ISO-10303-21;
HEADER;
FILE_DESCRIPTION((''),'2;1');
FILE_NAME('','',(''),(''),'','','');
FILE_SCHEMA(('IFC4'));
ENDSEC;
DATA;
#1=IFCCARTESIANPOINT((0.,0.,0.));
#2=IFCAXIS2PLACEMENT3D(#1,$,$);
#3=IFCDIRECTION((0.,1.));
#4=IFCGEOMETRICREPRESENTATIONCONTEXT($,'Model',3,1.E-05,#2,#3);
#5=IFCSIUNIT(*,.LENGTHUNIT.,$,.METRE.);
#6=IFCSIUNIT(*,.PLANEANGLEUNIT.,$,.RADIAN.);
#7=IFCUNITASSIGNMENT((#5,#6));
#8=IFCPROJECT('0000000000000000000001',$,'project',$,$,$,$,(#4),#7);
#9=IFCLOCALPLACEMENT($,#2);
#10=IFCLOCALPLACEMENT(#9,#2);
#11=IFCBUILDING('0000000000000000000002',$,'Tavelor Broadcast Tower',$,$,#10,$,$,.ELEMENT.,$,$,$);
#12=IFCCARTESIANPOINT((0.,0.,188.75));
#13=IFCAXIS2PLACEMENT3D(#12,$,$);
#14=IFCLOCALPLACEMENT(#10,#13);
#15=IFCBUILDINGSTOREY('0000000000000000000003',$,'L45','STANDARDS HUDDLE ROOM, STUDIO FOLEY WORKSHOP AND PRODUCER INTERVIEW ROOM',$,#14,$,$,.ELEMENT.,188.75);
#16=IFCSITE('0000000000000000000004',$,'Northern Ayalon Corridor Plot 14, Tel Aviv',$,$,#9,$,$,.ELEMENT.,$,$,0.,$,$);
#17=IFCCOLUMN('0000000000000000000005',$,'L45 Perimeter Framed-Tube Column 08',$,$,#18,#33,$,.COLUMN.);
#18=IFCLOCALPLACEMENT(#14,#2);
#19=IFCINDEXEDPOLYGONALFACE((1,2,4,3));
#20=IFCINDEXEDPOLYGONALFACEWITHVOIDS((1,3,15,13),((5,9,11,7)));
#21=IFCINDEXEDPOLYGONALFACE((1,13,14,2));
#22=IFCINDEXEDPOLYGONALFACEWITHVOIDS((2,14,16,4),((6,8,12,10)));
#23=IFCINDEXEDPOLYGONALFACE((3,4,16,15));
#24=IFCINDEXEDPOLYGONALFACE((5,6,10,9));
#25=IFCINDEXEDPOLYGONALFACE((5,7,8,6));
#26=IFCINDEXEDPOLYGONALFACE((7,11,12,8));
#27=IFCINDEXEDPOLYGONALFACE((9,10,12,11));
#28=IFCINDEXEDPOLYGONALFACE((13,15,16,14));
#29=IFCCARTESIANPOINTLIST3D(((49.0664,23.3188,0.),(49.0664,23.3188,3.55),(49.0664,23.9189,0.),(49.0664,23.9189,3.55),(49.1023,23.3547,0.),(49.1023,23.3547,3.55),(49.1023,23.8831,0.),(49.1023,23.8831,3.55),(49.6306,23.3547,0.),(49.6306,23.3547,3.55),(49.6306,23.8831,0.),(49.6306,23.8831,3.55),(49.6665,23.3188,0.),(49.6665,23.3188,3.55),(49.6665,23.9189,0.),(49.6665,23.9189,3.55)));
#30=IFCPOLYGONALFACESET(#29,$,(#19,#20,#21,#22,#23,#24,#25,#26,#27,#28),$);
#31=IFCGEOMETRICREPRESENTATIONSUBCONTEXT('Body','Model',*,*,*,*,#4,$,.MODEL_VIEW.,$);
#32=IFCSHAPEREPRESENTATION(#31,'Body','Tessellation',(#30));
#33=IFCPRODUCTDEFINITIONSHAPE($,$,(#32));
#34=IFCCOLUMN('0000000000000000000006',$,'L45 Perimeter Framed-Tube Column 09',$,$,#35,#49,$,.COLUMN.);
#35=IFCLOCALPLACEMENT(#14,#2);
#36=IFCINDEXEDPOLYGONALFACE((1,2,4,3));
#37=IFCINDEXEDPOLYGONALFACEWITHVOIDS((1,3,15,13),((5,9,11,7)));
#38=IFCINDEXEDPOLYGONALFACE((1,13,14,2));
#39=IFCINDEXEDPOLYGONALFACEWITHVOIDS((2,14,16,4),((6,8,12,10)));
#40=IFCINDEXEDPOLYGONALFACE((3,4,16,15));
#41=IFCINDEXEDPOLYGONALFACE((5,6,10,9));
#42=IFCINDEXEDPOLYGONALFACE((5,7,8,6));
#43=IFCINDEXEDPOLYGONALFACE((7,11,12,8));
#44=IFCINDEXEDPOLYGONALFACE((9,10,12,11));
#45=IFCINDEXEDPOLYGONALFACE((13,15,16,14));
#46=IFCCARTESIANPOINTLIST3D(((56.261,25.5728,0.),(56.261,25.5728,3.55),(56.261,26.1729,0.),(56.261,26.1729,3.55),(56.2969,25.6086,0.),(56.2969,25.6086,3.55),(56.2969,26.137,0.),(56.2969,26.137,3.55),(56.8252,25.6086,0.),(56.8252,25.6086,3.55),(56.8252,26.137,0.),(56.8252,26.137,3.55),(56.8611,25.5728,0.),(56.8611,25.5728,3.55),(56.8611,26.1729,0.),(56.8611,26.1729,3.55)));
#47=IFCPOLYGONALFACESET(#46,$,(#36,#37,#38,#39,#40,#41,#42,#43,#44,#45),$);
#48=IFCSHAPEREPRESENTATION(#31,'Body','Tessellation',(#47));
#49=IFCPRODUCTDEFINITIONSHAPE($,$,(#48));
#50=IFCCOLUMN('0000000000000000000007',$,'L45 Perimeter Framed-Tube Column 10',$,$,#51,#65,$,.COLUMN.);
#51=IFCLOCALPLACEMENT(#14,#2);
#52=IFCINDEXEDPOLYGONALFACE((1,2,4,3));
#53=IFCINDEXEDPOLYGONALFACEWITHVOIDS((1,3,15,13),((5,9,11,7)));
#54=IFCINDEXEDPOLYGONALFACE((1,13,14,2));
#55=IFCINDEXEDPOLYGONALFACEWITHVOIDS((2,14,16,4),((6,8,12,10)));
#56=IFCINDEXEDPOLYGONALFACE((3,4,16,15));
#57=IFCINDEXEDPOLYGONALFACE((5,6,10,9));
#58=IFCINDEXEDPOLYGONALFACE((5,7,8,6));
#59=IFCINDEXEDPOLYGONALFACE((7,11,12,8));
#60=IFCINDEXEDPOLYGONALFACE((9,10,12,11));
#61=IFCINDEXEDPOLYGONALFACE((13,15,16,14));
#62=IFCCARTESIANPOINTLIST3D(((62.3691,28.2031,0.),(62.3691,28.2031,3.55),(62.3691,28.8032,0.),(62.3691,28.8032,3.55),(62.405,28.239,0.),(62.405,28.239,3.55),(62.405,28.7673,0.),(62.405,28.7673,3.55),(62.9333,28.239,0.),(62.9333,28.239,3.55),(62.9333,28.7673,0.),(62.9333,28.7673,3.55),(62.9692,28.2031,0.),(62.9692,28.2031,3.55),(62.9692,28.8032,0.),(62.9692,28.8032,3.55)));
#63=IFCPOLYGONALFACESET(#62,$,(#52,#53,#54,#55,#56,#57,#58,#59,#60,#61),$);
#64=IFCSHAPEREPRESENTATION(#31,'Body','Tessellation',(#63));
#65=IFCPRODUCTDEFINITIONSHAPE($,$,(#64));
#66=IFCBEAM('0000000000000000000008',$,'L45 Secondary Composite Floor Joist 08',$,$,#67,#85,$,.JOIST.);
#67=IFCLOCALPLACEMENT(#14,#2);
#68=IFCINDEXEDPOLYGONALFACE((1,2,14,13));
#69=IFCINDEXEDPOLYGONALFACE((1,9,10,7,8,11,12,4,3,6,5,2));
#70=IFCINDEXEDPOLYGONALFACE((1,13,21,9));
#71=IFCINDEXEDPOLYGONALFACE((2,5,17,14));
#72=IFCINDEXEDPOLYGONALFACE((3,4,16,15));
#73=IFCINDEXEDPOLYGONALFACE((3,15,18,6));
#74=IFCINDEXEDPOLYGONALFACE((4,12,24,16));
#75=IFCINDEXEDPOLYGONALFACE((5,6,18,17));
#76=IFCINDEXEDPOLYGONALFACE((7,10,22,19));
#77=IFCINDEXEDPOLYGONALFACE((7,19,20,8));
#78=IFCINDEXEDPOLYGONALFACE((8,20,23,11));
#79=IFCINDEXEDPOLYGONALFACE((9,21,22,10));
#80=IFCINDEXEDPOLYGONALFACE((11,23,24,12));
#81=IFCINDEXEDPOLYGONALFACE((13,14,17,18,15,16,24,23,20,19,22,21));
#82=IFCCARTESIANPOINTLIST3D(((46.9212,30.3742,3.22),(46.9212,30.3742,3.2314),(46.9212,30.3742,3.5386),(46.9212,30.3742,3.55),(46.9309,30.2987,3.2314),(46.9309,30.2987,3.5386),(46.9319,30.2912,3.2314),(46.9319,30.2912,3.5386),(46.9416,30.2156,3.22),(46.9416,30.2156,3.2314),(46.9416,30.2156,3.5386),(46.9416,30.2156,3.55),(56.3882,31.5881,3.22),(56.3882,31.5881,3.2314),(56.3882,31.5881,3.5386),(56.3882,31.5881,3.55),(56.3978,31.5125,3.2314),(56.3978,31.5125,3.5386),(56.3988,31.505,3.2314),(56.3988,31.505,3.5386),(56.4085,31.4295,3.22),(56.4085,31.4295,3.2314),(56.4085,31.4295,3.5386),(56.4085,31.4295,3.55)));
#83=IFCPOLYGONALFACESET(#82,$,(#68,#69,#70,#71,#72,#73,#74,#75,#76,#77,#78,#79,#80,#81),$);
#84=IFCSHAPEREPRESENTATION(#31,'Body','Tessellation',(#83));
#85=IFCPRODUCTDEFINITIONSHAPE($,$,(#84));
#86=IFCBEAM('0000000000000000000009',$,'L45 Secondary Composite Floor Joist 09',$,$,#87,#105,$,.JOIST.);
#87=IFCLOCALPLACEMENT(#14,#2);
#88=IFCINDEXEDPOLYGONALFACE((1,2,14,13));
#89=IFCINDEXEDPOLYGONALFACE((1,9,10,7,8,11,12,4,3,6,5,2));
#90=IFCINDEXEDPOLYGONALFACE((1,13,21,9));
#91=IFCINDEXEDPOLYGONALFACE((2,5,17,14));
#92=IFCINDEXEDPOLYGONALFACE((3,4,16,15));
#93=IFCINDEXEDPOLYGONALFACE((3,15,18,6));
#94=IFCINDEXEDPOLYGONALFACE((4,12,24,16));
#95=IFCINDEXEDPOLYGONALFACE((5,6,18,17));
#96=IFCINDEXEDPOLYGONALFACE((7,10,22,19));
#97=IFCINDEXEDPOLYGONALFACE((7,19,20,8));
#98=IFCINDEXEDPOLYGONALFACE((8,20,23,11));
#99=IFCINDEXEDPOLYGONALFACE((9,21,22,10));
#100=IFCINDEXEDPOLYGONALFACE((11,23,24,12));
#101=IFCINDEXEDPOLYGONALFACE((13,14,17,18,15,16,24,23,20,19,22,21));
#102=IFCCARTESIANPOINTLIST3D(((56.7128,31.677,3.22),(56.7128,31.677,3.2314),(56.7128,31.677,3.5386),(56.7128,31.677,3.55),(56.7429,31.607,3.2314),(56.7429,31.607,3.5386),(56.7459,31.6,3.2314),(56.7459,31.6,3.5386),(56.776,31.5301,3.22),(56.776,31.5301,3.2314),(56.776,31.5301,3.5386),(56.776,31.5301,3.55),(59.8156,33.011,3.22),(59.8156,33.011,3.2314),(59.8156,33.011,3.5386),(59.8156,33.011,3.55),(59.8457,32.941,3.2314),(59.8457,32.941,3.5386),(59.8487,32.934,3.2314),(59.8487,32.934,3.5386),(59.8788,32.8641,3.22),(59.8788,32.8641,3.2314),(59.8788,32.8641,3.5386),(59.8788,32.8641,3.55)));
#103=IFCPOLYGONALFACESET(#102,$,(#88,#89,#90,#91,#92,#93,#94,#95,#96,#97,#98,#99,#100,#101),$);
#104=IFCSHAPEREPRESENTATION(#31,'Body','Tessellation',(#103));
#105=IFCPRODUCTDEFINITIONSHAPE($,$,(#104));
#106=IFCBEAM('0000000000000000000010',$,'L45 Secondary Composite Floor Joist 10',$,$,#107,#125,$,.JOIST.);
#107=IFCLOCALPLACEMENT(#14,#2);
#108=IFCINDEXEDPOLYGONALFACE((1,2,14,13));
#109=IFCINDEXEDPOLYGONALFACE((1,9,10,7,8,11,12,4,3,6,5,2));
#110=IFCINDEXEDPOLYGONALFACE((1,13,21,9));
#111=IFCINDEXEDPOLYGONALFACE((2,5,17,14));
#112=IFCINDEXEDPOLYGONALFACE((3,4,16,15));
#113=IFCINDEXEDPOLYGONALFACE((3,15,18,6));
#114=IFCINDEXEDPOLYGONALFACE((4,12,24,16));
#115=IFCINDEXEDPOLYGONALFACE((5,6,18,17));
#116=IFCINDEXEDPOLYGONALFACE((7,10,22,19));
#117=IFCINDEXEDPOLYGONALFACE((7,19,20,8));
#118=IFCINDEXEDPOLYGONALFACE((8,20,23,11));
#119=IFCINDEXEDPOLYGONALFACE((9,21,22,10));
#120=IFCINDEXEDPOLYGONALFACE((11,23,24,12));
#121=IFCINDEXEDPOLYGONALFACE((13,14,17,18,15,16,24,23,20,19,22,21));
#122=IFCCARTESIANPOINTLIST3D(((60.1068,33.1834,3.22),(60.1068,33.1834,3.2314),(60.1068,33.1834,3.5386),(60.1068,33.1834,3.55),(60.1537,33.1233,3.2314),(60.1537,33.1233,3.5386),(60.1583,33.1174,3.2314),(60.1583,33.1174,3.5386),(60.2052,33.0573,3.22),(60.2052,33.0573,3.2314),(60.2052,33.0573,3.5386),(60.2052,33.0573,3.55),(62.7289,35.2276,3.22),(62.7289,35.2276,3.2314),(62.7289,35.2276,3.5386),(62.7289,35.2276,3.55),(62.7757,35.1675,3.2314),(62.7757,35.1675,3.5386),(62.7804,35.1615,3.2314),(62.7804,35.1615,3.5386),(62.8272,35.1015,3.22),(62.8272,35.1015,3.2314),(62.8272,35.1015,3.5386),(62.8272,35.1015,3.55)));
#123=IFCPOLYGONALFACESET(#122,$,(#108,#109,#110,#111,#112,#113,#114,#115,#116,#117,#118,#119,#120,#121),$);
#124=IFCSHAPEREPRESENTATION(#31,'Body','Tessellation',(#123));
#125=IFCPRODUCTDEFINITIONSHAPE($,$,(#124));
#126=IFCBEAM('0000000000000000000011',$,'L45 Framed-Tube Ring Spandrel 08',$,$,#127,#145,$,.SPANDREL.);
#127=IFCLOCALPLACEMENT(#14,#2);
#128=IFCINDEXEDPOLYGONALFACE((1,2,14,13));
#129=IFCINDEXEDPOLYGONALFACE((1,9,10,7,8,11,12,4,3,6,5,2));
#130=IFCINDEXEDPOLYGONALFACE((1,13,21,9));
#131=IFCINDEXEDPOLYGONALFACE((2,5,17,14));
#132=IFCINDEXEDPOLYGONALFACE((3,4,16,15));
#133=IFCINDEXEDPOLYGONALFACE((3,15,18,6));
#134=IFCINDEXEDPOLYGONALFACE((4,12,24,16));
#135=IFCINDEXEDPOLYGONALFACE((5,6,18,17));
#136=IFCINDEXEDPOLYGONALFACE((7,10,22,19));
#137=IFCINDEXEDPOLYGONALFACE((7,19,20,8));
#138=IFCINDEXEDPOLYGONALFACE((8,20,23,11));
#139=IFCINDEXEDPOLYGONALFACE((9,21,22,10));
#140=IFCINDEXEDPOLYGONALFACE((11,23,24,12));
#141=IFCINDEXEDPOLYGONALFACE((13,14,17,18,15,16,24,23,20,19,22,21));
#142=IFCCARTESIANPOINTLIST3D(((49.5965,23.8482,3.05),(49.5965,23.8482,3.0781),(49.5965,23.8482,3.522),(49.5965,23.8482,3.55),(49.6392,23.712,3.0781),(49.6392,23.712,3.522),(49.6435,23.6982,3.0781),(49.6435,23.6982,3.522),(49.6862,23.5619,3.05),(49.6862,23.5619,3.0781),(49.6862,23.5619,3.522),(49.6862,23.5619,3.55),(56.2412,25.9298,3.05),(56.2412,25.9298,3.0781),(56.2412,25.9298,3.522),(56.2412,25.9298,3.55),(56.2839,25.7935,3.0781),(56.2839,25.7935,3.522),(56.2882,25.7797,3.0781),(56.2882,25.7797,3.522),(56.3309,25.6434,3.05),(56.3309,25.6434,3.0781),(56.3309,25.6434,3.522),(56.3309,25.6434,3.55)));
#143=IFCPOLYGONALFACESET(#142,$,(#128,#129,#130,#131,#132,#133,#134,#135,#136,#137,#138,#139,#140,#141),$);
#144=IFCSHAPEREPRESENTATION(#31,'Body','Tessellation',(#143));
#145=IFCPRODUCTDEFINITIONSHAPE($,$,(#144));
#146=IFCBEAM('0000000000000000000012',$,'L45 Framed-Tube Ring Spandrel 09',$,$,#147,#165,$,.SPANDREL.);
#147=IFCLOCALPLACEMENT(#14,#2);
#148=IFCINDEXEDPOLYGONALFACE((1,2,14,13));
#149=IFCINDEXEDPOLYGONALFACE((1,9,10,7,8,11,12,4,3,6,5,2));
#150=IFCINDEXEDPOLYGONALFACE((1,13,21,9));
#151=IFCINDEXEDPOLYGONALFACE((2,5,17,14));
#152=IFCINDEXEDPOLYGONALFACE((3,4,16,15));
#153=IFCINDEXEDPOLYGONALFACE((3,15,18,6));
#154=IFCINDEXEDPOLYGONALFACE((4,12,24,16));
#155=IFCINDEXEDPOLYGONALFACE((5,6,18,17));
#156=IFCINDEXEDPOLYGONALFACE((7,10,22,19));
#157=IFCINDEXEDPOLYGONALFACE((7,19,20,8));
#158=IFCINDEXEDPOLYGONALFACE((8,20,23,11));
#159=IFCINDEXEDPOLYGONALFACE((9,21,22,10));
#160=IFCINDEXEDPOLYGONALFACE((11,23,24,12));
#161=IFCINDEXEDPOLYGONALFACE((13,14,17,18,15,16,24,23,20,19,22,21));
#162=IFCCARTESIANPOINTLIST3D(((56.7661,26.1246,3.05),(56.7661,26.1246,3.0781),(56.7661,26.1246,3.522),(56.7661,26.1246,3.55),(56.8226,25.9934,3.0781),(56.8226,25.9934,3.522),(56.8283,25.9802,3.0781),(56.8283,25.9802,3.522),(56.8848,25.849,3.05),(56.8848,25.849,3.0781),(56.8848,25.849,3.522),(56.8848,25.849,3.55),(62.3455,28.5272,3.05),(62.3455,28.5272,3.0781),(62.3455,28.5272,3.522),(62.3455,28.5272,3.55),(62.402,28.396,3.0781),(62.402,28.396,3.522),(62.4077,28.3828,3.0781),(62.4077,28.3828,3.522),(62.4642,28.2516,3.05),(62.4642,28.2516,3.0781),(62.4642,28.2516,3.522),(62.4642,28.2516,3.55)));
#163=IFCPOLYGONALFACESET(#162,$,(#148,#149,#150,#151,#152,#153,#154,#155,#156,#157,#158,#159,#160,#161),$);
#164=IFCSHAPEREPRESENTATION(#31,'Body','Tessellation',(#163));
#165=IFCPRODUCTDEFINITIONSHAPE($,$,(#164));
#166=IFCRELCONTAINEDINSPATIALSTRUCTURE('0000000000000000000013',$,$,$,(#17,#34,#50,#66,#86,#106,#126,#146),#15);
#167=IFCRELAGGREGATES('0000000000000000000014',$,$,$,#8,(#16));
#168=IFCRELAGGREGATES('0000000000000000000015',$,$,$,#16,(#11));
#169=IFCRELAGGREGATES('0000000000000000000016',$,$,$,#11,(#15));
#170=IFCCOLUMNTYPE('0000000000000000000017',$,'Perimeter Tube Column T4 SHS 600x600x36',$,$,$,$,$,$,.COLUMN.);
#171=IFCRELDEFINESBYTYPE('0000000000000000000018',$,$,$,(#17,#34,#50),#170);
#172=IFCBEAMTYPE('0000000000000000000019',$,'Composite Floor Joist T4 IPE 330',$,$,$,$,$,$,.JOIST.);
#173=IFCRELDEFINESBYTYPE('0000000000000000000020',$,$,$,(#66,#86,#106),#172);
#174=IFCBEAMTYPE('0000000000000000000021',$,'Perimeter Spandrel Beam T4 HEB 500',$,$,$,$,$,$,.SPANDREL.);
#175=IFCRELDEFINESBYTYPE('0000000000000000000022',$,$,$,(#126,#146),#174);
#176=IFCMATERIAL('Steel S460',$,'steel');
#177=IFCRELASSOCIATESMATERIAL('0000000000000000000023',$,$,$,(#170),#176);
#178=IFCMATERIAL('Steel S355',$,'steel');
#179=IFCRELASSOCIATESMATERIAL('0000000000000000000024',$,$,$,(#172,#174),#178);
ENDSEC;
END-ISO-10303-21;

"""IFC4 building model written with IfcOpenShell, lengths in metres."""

from ifc_helpers import new_model, si_unit, direction, frame, origin, origin_2d, place, context, subcontext, project, spatial, hollow_rectangle, i_section, extrude, material, material_profile, profile_set, type_object, element, save


model = new_model("IFC4")

# Units and contexts
model_context = context("Model", 3, precision=1e-05, world=origin(), true_north=direction((0.0, 1.0)))
body_context = subcontext(model_context, "Body", "Model", "MODEL_VIEW")
ifc_project = project(units=[si_unit("LENGTHUNIT", "METRE"), si_unit("PLANEANGLEUNIT", "RADIAN")], contexts=[model_context])

# Site, building, storey
site_placement = place(None, origin())
site = spatial("IfcSite", under=ifc_project, at=site_placement, Name="Northern Ayalon Corridor Plot 14, Tel Aviv", CompositionType="ELEMENT", RefElevation=0.0)
building_placement = place(site_placement, origin())
building = spatial("IfcBuilding", under=site, at=building_placement, Name="Tavelor Broadcast Tower", CompositionType="ELEMENT")
storey_placement = place(building_placement, frame((0.0, 0.0, 188.75)))
storey = spatial("IfcBuildingStorey", under=building, at=storey_placement, Name="L45", Description="STANDARDS HUDDLE ROOM, STUDIO FOLEY WORKSHOP AND PRODUCER INTERVIEW ROOM", CompositionType="ELEMENT", Elevation=188.75)

# Columns
ifc_material_1 = material(Name="Steel S460", Category="steel")
ifc_material_profile_1 = material_profile(ifc_material_1, hollow_rectangle(XDim=0.6001, YDim=0.6001, WallThickness=0.0359, at=origin_2d()), Name="SHS 600x600x36")
ifc_profile_set_1 = profile_set([ifc_material_profile_1], Name="Steel S460")
column_type = type_object("IfcColumnType", Name="Perimeter Tube Column T4 SHS 600x600x36", PredefinedType="COLUMN", material=ifc_profile_set_1)
for number, where, z_axis, x_axis, name in (
    (1, (49.3665, 23.6189, 0.0), (0.0, 0.0, 1.0), (1.0, 0.0, 0.0), "L45 Perimeter Framed-Tube Column 08"),
    (2, (56.561, 25.8728, 0.0), (0.0, 0.0, 1.0), (1.0, 0.0, 0.0), "L45 Perimeter Framed-Tube Column 09"),
    (3, (62.6692, 28.5032, 0.0), (0.0, 0.0, 1.0), (1.0, 0.0, 0.0), "L45 Perimeter Framed-Tube Column 10"),
):
    element("IfcColumn", number, at=place(storey_placement, frame(where, z_axis=z_axis, x_axis=x_axis)), inside=storey, type_object=column_type, Name=name, PredefinedType="COLUMN", context=body_context, shape_type="SweptSolid", body=[
        extrude(hollow_rectangle(XDim=0.6001, YDim=0.6001, WallThickness=0.0359, at=origin_2d()), origin(), (0.0, 0.0, 1.0), 3.55),
    ])

# Beams
ifc_material_2 = material(Name="Steel S355", Category="steel")
ifc_material_profile_2 = material_profile(ifc_material_2, i_section(OverallWidth=0.1599, OverallDepth=0.3301, WebThickness=0.0076, FlangeThickness=0.0115, at=origin_2d()), Name="IPE 330")
ifc_profile_set_2 = profile_set([ifc_material_profile_2], Name="Steel S355")
beam_type_1 = type_object("IfcBeamType", Name="Composite Floor Joist T4 IPE 330", PredefinedType="JOIST", material=ifc_profile_set_2)
beam_1_placement = place(storey_placement, frame((46.9314, 30.2949, 3.385), z_axis=(0.99188, 0.127179, 0.0), x_axis=(-0.127179, 0.99188, 0.0)))
element("IfcBeam", 4, at=beam_1_placement, inside=storey, type_object=beam_type_1, Name="L45 Secondary Composite Floor Joist 08", PredefinedType="JOIST", context=body_context, shape_type="SweptSolid", body=[
    extrude(i_section(OverallWidth=0.1599, OverallDepth=0.3301, WebThickness=0.0076, FlangeThickness=0.0115, at=origin_2d()), origin(), (0.0, 0.0, 1.0), 9.5444),
])
beam_2_placement = place(storey_placement, frame((56.7444, 31.6035, 3.385), z_axis=(0.918692, 0.394975, 0.0), x_axis=(-0.394975, 0.918692, 0.0)))
element("IfcBeam", 5, at=beam_2_placement, inside=storey, type_object=beam_type_1, Name="L45 Secondary Composite Floor Joist 09", PredefinedType="JOIST", context=body_context, shape_type="SweptSolid", body=[
    extrude(i_section(OverallWidth=0.1599, OverallDepth=0.3301, WebThickness=0.0076, FlangeThickness=0.0115, at=origin_2d()), origin(), (0.0, 0.0, 1.0), 3.3774),
])
beam_3_placement = place(storey_placement, frame((60.156, 33.1204, 3.385), z_axis=(0.788652, 0.61484, 0.0), x_axis=(-0.61484, 0.788652, 0.0)))
element("IfcBeam", 6, at=beam_3_placement, inside=storey, type_object=beam_type_1, Name="L45 Secondary Composite Floor Joist 10", PredefinedType="JOIST", context=body_context, shape_type="SweptSolid", body=[
    extrude(i_section(OverallWidth=0.1599, OverallDepth=0.3301, WebThickness=0.0076, FlangeThickness=0.0115, at=origin_2d()), origin(), (0.0, 0.0, 1.0), 3.3247),
])
ifc_material_profile_3 = material_profile(ifc_material_2, i_section(OverallWidth=0.3, OverallDepth=0.5, WebThickness=0.0144, FlangeThickness=0.0281, at=origin_2d()), Name="HEB 500")
ifc_profile_set_3 = profile_set([ifc_material_profile_3], Name="Steel S355")
beam_type_2 = type_object("IfcBeamType", Name="Perimeter Spandrel Beam T4 HEB 500", PredefinedType="SPANDREL", material=ifc_profile_set_3)
beam_4_placement = place(storey_placement, frame((49.6414, 23.7051, 3.3), z_axis=(0.954273, 0.298936, 0.0), x_axis=(-0.298936, 0.954273, 0.0)))
element("IfcBeam", 7, at=beam_4_placement, inside=storey, type_object=beam_type_2, Name="L45 Framed-Tube Ring Spandrel 08", PredefinedType="SPANDREL", context=body_context, shape_type="SweptSolid", body=[
    extrude(i_section(OverallWidth=0.3, OverallDepth=0.5, WebThickness=0.0144, FlangeThickness=0.0281, at=origin_2d()), origin(), (0.0, 0.0, 1.0), 6.9631),
])
beam_5_placement = place(storey_placement, frame((56.8254, 25.9868, 3.3), z_axis=(0.918462, 0.39551, 0.0), x_axis=(-0.39551, 0.918462, 0.0)))
element("IfcBeam", 8, at=beam_5_placement, inside=storey, type_object=beam_type_2, Name="L45 Framed-Tube Ring Spandrel 09", PredefinedType="SPANDREL", context=body_context, shape_type="SweptSolid", body=[
    extrude(i_section(OverallWidth=0.3, OverallDepth=0.5, WebThickness=0.0144, FlangeThickness=0.0281, at=origin_2d()), origin(), (0.0, 0.0, 1.0), 6.0747),
])

save(model, "model.ifc")
